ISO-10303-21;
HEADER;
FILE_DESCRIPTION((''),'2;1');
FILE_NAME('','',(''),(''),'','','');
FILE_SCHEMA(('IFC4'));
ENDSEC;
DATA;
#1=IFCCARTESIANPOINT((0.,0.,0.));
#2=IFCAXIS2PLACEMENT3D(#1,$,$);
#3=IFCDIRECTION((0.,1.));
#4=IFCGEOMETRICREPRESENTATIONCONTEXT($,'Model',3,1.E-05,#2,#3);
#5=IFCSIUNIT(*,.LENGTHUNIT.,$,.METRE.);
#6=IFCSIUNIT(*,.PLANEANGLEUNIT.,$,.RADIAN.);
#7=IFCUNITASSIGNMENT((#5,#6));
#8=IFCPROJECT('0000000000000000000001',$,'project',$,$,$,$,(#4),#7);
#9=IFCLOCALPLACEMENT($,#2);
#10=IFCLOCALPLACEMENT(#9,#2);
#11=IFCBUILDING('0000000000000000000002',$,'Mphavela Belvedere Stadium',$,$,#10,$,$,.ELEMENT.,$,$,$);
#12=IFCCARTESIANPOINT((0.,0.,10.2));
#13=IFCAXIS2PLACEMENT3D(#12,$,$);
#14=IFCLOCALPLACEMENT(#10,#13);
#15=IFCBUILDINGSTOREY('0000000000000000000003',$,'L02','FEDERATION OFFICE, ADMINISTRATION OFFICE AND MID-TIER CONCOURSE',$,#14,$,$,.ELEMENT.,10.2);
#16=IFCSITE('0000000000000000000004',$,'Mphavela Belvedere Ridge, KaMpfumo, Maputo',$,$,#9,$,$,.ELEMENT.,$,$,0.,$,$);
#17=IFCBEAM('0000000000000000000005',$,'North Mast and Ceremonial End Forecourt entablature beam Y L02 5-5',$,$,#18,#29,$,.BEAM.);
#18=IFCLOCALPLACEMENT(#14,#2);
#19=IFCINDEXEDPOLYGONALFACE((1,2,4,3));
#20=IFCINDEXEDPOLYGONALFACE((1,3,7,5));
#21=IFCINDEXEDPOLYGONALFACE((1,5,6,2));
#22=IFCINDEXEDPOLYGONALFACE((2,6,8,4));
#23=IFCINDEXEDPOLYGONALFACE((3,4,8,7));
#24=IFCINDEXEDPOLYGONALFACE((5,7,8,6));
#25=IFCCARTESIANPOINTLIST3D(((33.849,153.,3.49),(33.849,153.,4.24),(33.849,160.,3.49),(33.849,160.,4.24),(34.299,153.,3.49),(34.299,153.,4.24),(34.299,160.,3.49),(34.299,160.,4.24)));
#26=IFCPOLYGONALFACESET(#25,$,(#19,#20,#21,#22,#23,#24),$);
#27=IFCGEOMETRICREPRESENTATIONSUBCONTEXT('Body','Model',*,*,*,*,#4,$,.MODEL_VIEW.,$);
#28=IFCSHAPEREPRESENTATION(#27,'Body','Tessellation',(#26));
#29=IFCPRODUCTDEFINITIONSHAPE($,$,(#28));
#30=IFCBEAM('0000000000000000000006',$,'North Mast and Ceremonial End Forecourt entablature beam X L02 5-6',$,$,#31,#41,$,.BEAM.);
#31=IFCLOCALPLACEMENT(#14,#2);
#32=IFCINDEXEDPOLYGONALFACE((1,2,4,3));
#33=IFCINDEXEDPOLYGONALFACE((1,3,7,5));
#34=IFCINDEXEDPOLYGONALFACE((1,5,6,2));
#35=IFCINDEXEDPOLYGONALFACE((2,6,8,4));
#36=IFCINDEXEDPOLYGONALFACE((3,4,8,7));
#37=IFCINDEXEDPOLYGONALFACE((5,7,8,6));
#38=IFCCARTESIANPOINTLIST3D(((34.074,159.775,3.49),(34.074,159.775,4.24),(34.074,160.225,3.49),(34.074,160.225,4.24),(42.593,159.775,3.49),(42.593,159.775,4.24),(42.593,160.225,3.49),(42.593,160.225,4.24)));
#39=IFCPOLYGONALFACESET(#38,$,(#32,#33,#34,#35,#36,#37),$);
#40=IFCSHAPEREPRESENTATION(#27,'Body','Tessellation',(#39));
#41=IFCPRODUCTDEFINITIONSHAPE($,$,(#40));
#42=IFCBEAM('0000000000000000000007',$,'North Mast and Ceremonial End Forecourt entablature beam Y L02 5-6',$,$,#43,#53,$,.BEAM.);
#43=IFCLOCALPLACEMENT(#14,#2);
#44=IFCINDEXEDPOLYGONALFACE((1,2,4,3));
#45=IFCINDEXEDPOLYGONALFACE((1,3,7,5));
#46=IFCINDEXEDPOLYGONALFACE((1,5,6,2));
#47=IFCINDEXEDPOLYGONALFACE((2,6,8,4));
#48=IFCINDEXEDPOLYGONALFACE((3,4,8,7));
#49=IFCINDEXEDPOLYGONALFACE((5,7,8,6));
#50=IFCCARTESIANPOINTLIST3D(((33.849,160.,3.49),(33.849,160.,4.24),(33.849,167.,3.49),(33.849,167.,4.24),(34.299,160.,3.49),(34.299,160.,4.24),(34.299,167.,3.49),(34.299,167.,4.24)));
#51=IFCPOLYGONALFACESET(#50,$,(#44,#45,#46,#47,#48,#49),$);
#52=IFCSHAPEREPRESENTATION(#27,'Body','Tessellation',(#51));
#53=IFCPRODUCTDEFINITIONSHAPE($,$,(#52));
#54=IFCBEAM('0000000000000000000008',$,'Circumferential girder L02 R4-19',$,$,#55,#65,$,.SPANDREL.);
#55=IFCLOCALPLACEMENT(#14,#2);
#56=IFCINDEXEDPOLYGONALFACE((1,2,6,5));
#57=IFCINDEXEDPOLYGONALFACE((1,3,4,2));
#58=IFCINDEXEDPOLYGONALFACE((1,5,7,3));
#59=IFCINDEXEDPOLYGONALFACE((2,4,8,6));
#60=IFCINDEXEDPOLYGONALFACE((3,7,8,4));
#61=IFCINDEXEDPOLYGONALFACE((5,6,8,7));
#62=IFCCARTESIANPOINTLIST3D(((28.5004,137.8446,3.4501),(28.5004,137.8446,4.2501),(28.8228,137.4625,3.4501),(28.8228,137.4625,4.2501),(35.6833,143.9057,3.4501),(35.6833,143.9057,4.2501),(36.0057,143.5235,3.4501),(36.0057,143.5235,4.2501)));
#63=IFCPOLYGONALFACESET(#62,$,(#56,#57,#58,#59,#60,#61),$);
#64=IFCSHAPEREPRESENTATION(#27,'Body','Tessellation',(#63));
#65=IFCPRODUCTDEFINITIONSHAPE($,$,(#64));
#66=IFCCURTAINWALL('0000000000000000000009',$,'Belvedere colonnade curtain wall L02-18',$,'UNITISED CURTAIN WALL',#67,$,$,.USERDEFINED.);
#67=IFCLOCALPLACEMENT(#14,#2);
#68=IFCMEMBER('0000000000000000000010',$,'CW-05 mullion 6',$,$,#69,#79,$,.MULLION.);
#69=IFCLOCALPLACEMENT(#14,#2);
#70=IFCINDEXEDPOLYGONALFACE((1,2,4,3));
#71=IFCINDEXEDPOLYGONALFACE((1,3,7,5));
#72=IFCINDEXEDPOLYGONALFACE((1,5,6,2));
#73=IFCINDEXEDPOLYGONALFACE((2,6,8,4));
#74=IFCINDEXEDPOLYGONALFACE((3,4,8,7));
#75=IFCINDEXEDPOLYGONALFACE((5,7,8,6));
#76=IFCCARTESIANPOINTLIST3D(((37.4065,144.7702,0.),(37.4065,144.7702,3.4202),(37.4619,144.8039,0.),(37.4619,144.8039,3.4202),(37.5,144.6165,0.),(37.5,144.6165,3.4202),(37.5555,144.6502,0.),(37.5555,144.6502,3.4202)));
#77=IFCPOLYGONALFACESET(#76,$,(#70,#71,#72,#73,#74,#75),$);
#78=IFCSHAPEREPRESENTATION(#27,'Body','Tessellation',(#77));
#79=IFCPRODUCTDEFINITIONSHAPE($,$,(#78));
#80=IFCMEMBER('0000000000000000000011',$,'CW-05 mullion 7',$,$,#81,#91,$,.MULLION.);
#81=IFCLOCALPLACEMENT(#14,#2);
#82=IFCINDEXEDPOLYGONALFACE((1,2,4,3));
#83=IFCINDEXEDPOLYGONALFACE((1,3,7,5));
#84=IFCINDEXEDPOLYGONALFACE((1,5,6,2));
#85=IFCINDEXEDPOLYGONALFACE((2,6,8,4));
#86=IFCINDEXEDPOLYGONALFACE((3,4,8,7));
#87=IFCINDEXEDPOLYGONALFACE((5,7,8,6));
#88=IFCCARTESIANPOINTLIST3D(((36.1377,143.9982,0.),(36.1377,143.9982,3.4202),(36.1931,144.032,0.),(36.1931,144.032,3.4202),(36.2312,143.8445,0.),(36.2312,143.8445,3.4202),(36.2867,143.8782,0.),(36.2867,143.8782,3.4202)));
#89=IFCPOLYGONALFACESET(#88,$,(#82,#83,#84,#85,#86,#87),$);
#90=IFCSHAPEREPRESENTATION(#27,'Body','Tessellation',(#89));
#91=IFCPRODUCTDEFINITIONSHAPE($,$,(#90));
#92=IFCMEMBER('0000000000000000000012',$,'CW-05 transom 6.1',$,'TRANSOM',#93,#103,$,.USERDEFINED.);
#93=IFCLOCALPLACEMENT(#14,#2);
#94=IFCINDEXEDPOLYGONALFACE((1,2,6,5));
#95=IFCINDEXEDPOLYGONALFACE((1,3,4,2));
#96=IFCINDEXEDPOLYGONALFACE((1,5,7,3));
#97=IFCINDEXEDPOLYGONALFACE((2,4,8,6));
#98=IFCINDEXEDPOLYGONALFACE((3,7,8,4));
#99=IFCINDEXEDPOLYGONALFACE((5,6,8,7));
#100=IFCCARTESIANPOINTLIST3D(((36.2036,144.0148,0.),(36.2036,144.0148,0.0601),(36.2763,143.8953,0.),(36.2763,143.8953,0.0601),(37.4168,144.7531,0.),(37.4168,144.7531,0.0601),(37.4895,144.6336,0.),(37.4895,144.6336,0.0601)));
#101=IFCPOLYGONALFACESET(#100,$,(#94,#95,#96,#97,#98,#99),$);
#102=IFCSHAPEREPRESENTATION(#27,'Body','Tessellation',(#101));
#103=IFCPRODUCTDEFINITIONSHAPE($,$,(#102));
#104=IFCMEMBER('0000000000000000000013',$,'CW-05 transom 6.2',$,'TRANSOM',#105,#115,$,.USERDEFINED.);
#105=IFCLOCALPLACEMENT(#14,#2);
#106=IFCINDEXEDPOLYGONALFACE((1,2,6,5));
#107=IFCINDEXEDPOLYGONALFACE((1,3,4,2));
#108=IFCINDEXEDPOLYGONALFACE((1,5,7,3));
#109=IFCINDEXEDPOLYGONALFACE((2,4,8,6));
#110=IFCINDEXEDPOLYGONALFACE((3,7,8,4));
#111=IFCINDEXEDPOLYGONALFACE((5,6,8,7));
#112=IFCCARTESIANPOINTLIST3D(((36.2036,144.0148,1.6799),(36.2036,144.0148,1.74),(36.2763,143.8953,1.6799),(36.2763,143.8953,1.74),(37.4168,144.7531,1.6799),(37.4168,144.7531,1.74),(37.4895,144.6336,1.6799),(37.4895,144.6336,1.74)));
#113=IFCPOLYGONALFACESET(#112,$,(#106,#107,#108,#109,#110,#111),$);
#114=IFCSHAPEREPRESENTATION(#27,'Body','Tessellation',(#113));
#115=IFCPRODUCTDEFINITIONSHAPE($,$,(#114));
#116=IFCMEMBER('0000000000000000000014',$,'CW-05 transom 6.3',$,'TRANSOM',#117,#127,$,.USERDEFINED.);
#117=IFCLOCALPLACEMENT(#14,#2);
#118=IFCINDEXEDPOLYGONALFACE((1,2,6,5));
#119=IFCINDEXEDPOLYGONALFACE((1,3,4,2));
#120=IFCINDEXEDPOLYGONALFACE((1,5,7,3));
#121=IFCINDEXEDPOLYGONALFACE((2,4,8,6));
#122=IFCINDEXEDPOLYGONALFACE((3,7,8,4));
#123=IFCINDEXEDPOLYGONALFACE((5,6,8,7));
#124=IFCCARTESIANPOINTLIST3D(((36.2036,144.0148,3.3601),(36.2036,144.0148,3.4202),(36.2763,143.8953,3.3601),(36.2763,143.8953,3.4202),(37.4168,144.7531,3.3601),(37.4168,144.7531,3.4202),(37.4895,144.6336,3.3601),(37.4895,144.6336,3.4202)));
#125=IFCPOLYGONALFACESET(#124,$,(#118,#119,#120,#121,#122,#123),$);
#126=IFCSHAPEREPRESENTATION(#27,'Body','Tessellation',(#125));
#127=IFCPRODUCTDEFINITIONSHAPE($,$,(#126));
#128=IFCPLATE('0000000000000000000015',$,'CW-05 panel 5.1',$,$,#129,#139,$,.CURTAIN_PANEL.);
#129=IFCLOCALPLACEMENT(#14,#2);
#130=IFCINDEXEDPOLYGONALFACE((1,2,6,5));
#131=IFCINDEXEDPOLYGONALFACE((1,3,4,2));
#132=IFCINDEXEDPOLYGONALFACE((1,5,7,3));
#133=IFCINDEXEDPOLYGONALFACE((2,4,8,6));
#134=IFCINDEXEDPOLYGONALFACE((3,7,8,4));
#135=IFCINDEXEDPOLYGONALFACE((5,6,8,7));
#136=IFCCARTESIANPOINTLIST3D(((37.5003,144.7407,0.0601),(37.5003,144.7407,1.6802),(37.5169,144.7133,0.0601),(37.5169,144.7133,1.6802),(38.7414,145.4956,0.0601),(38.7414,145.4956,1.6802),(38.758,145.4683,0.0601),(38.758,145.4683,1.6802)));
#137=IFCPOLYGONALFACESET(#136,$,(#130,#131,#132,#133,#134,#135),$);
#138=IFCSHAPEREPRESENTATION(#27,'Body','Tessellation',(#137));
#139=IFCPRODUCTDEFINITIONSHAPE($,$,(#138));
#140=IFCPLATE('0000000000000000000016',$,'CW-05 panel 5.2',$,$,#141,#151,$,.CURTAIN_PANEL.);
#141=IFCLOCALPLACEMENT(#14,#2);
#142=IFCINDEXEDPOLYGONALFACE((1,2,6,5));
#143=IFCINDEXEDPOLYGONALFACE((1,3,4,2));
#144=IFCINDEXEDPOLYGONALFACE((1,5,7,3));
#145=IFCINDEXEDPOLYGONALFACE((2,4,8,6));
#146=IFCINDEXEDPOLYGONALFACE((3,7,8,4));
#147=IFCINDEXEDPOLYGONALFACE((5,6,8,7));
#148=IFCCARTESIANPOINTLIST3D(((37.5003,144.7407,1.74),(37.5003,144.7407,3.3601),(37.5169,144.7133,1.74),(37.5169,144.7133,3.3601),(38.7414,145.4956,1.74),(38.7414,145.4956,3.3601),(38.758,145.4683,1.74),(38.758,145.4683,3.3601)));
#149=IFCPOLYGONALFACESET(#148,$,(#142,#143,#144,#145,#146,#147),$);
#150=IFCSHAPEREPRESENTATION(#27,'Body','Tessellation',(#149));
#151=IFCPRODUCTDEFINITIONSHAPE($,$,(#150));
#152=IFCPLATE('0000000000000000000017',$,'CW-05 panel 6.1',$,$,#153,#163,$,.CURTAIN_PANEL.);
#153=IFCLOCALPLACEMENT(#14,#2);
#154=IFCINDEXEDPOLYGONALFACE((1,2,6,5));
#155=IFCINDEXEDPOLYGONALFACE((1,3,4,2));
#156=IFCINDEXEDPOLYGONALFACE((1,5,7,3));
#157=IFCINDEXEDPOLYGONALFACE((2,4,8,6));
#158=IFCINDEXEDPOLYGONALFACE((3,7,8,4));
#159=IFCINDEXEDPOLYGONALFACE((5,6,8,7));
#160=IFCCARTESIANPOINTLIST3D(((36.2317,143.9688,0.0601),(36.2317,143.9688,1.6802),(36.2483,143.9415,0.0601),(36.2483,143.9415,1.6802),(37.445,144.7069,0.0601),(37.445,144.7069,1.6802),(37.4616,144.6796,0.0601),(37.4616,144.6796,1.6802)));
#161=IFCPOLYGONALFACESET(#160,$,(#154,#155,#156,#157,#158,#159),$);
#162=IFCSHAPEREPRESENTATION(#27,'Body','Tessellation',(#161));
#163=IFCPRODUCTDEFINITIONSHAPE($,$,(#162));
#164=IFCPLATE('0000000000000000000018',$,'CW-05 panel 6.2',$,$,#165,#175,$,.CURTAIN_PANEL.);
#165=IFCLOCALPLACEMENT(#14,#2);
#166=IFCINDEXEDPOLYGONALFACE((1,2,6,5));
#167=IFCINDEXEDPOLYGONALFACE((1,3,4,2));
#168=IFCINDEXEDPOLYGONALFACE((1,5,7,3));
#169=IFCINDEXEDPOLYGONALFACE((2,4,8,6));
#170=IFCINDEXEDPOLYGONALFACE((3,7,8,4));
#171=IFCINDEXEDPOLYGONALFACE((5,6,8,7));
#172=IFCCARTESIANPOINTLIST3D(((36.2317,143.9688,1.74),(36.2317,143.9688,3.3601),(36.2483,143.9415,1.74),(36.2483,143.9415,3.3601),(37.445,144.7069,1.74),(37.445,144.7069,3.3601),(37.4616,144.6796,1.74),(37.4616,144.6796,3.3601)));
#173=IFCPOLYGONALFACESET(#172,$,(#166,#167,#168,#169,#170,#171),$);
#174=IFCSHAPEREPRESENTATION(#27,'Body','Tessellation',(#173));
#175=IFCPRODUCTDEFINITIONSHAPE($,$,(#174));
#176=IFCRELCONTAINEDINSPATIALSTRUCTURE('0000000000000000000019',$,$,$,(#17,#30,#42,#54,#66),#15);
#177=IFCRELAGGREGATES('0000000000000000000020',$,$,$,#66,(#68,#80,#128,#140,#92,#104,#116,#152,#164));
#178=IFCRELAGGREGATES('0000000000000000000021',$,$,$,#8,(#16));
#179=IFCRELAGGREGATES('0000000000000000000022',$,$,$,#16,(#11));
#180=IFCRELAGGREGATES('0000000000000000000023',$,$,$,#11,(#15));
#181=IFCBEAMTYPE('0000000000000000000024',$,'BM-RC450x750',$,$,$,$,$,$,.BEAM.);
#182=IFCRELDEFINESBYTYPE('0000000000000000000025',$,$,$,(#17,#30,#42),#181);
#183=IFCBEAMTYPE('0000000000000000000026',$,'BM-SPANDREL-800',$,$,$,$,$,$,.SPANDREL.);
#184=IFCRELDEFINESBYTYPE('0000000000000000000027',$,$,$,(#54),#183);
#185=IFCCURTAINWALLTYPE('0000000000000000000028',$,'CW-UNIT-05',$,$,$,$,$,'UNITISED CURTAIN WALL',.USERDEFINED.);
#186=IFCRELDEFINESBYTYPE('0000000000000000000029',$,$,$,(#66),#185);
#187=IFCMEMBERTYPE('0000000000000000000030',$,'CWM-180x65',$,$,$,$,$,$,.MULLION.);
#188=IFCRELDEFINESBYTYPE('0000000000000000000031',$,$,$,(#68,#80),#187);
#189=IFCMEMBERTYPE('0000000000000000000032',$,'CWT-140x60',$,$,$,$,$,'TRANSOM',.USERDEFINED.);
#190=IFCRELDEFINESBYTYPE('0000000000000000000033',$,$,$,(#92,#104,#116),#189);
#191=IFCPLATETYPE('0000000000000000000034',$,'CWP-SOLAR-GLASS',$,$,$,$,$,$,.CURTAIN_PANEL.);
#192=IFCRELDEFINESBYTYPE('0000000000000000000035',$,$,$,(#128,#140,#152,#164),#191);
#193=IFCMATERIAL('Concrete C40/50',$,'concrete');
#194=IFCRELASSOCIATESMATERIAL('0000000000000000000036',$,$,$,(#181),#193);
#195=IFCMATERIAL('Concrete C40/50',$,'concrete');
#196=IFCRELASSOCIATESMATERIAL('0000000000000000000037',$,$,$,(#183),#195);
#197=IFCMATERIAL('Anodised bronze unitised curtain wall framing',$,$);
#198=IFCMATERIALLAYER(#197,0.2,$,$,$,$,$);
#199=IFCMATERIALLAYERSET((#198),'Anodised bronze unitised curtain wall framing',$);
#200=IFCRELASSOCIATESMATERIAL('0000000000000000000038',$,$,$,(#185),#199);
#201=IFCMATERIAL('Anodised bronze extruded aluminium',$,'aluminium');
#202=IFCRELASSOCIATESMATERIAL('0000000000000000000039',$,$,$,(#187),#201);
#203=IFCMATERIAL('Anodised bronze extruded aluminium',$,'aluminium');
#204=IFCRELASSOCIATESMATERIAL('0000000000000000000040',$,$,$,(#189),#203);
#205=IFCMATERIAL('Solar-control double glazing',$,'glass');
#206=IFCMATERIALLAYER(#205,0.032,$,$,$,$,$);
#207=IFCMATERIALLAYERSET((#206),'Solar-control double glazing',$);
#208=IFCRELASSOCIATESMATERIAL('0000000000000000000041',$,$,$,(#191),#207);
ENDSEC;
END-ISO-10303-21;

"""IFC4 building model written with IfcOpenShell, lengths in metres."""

from ifc_helpers import new_model, si_unit, direction, frame, origin, origin_2d, place, context, subcontext, project, spatial, rectangle, extrude, material, layer, layer_set, material_profile, profile_set, type_object, element, aggregate, save


model = new_model("IFC4")

# Units and contexts
model_context = context("Model", 3, precision=1e-05, world=origin(), true_north=direction((0.0, 1.0)))
body_context = subcontext(model_context, "Body", "Model", "MODEL_VIEW")
ifc_project = project(units=[si_unit("LENGTHUNIT", "METRE"), si_unit("PLANEANGLEUNIT", "RADIAN")], contexts=[model_context])

# Site, building, storey
site_placement = place(None, origin())
site = spatial("IfcSite", under=ifc_project, at=site_placement, Name="Mphavela Belvedere Ridge, KaMpfumo, Maputo", CompositionType="ELEMENT", RefElevation=0.0)
building_placement = place(site_placement, origin())
building = spatial("IfcBuilding", under=site, at=building_placement, Name="Mphavela Belvedere Stadium", CompositionType="ELEMENT")
storey_placement = place(building_placement, frame((0.0, 0.0, 10.2)))
storey = spatial("IfcBuildingStorey", under=building, at=storey_placement, Name="L02", Description="FEDERATION OFFICE, ADMINISTRATION OFFICE AND MID-TIER CONCOURSE", CompositionType="ELEMENT", Elevation=10.2)

# Beams
ifc_material_1 = material(Name="Concrete C40/50", Category="concrete")
ifc_material_profile_1 = material_profile(ifc_material_1, rectangle(XDim=0.45, YDim=0.75, at=origin_2d()), Name="RC 450x750")
ifc_profile_set_1 = profile_set([ifc_material_profile_1], Name="Concrete C40/50")
beam_type_1 = type_object("IfcBeamType", Name="BM-RC450x750", PredefinedType="BEAM", material=ifc_profile_set_1)
for number, where, z_axis, x_axis, name in (
    (1, (34.074, 153.0, 3.865), (0.0, 1.0, 0.0), (-1.0, 0.0, 0.0), "North Mast and Ceremonial End Forecourt entablature beam Y L02 5-5"),
):
    element("IfcBeam", number, at=place(storey_placement, frame(where, z_axis=z_axis, x_axis=x_axis)), inside=storey, type_object=beam_type_1, Name=name, PredefinedType="BEAM", context=body_context, shape_type="SweptSolid", body=[
        extrude(rectangle(XDim=0.45, YDim=0.75, at=origin_2d()), origin(), (0.0, 0.0, 1.0), 7.0),
    ])
beam_1_placement = place(storey_placement, frame((34.074, 160.0, 3.865), z_axis=(1.0, 0.0, 0.0), x_axis=(0.0, 1.0, 0.0)))
element("IfcBeam", 2, at=beam_1_placement, inside=storey, type_object=beam_type_1, Name="North Mast and Ceremonial End Forecourt entablature beam X L02 5-6", PredefinedType="BEAM", context=body_context, shape_type="SweptSolid", body=[
    extrude(rectangle(XDim=0.45, YDim=0.75, at=origin_2d()), origin(), (0.0, 0.0, 1.0), 8.519),
])
beam_2_placement = place(storey_placement, frame((34.074, 160.0, 3.865), z_axis=(0.0, 1.0, 0.0), x_axis=(-1.0, 0.0, 0.0)))
element("IfcBeam", 3, at=beam_2_placement, inside=storey, type_object=beam_type_1, Name="North Mast and Ceremonial End Forecourt entablature beam Y L02 5-6", PredefinedType="BEAM", context=body_context, shape_type="SweptSolid", body=[
    extrude(rectangle(XDim=0.45, YDim=0.75, at=origin_2d()), origin(), (0.0, 0.0, 1.0), 7.0),
])
ifc_material_2 = material(Name="Concrete C40/50", Category="concrete")
ifc_material_profile_2 = material_profile(ifc_material_2, rectangle(XDim=0.5, YDim=0.8, at=origin_2d()), Name="RC 500x800")
ifc_profile_set_2 = profile_set([ifc_material_profile_2], Name="Concrete C40/50")
beam_type_2 = type_object("IfcBeamType", Name="BM-SPANDREL-800", PredefinedType="SPANDREL", material=ifc_profile_set_2)
beam_3_placement = place(storey_placement, frame((35.8445, 143.7146, 3.8501), z_axis=(-0.764265, -0.644902, 0.0), x_axis=(0.644902, -0.764265, 0.0)))
element("IfcBeam", 4, at=beam_3_placement, inside=storey, type_object=beam_type_2, Name="Circumferential girder L02 R4-19", PredefinedType="SPANDREL", context=body_context, shape_type="SweptSolid", body=[
    extrude(rectangle(XDim=0.5, YDim=0.8, at=origin_2d()), origin(), (0.0, 0.0, 1.0), 9.3984),
])

# Curtain wall, members, plates
ifc_material_3 = material(Name="Anodised bronze unitised curtain wall framing")
ifc_layer_1 = layer(ifc_material_3, 0.2)
ifc_layer_set_1 = layer_set([ifc_layer_1], Name="Anodised bronze unitised curtain wall framing")
curtain_wall_type = type_object("IfcCurtainWallType", Name="CW-UNIT-05", ElementType="UNITISED CURTAIN WALL", PredefinedType="USERDEFINED", material=ifc_layer_set_1)
curtain_wall_placement = place(storey_placement, origin())
curtain_wall = element("IfcCurtainWall", 5, at=curtain_wall_placement, inside=storey, type_object=curtain_wall_type, Name="Belvedere colonnade curtain wall L02-18", ObjectType="UNITISED CURTAIN WALL", PredefinedType="USERDEFINED")
ifc_material_4 = material(Name="Anodised bronze extruded aluminium", Category="aluminium")
ifc_material_profile_3 = material_profile(ifc_material_4, rectangle(XDim=0.1799, YDim=0.0649, at=origin_2d()), Name="CW-MUL 180x65")
ifc_profile_set_3 = profile_set([ifc_material_profile_3], Name="Anodised bronze extruded aluminium")
member_type_1 = type_object("IfcMemberType", Name="CWM-180x65", PredefinedType="MULLION", material=ifc_profile_set_3)
member_1_placement = place(storey_placement, frame((37.481, 144.7102, 0.0), z_axis=(0.0, 0.0, 1.0), x_axis=(0.519732, -0.85433, 0.0)))
member_1 = element("IfcMember", 6, at=member_1_placement, type_object=member_type_1, Name="CW-05 mullion 6", PredefinedType="MULLION", context=body_context, shape_type="SweptSolid", body=[
    extrude(rectangle(XDim=0.1799, YDim=0.0649, at=origin_2d()), origin(), (0.0, 0.0, 1.0), 3.4202),
])
member_2_placement = place(storey_placement, frame((36.2122, 143.9382, 0.0), z_axis=(0.0, 0.0, 1.0), x_axis=(0.519732, -0.85433, 0.0)))
member_2 = element("IfcMember", 7, at=member_2_placement, type_object=member_type_1, Name="CW-05 mullion 7", PredefinedType="MULLION", context=body_context, shape_type="SweptSolid", body=[
    extrude(rectangle(XDim=0.1799, YDim=0.0649, at=origin_2d()), origin(), (0.0, 0.0, 1.0), 3.4202),
])
ifc_material_5 = material(Name="Anodised bronze extruded aluminium", Category="aluminium")
ifc_material_profile_4 = material_profile(ifc_material_5, rectangle(XDim=0.1399, YDim=0.0601, at=origin_2d()), Name="CW-TRN 140x60")
ifc_profile_set_4 = profile_set([ifc_material_profile_4], Name="Anodised bronze extruded aluminium")
member_type_2 = type_object("IfcMemberType", Name="CWT-140x60", ElementType="TRANSOM", PredefinedType="USERDEFINED", material=ifc_profile_set_4)
member_3_placement = place(storey_placement, frame((37.4531, 144.6934, 0.03), z_axis=(-0.854245, -0.519871, 0.0), x_axis=(0.519871, -0.854245, 0.0)))
member_3 = element("IfcMember", 8, at=member_3_placement, type_object=member_type_2, Name="CW-05 transom 6.1", ObjectType="TRANSOM", PredefinedType="USERDEFINED", context=body_context, shape_type="SweptSolid", body=[
    extrude(rectangle(XDim=0.1399, YDim=0.0601, at=origin_2d()), origin(), (0.0, 0.0, 1.0), 1.4202),
])
member_4_placement = place(storey_placement, frame((37.4531, 144.6934, 1.71), z_axis=(-0.854245, -0.519871, 0.0), x_axis=(0.519871, -0.854245, 0.0)))
member_4 = element("IfcMember", 9, at=member_4_placement, type_object=member_type_2, Name="CW-05 transom 6.2", ObjectType="TRANSOM", PredefinedType="USERDEFINED", context=body_context, shape_type="SweptSolid", body=[
    extrude(rectangle(XDim=0.1399, YDim=0.0601, at=origin_2d()), origin(), (0.0, 0.0, 1.0), 1.4202),
])
member_5_placement = place(storey_placement, frame((37.4531, 144.6934, 3.3901), z_axis=(-0.854245, -0.519871, 0.0), x_axis=(0.519871, -0.854245, 0.0)))
member_5 = element("IfcMember", 10, at=member_5_placement, type_object=member_type_2, Name="CW-05 transom 6.3", ObjectType="TRANSOM", PredefinedType="USERDEFINED", context=body_context, shape_type="SweptSolid", body=[
    extrude(rectangle(XDim=0.1399, YDim=0.0601, at=origin_2d()), origin(), (0.0, 0.0, 1.0), 1.4202),
])
ifc_material_6 = material(Name="Solar-control double glazing", Category="glass")
ifc_layer_2 = layer(ifc_material_6, 0.032)
ifc_layer_set_2 = layer_set([ifc_layer_2], Name="Solar-control double glazing")
plate_type = type_object("IfcPlateType", Name="CWP-SOLAR-GLASS", PredefinedType="CURTAIN_PANEL", material=ifc_layer_set_2)
plate_1_placement = place(storey_placement, frame((38.1292, 145.1045, 0.0601), z_axis=(0.0, 0.0, 1.0), x_axis=(-0.85433, -0.519732, 0.0)))
plate_1 = element("IfcPlate", 11, at=plate_1_placement, type_object=plate_type, Name="CW-05 panel 5.1", PredefinedType="CURTAIN_PANEL", context=body_context, shape_type="SweptSolid", body=[
    extrude(rectangle(XDim=1.4526, YDim=0.032, at=origin_2d()), origin(), (0.0, 0.0, 1.0), 1.6201),
])
plate_2_placement = place(storey_placement, frame((38.1292, 145.1045, 1.74), z_axis=(0.0, 0.0, 1.0), x_axis=(-0.85433, -0.519732, 0.0)))
plate_2 = element("IfcPlate", 12, at=plate_2_placement, type_object=plate_type, Name="CW-05 panel 5.2", PredefinedType="CURTAIN_PANEL", context=body_context, shape_type="SweptSolid", body=[
    extrude(rectangle(XDim=1.4526, YDim=0.032, at=origin_2d()), origin(), (0.0, 0.0, 1.0), 1.6201),
])
plate_3_placement = place(storey_placement, frame((36.8467, 144.3242, 0.0601), z_axis=(0.0, 0.0, 1.0), x_axis=(-0.85433, -0.519732, 0.0)))
plate_3 = element("IfcPlate", 13, at=plate_3_placement, type_object=plate_type, Name="CW-05 panel 6.1", PredefinedType="CURTAIN_PANEL", context=body_context, shape_type="SweptSolid", body=[
    extrude(rectangle(XDim=1.4202, YDim=0.032, at=origin_2d()), origin(), (0.0, 0.0, 1.0), 1.6201),
])
plate_4_placement = place(storey_placement, frame((36.8467, 144.3242, 1.74), z_axis=(0.0, 0.0, 1.0), x_axis=(-0.85433, -0.519732, 0.0)))
plate_4 = element("IfcPlate", 14, at=plate_4_placement, type_object=plate_type, Name="CW-05 panel 6.2", PredefinedType="CURTAIN_PANEL", context=body_context, shape_type="SweptSolid", body=[
    extrude(rectangle(XDim=1.4202, YDim=0.032, at=origin_2d()), origin(), (0.0, 0.0, 1.0), 1.6201),
])
aggregate(curtain_wall, [member_1, member_2, plate_1, plate_2, member_3, member_4, member_5, plate_3, plate_4])

save(model, "model.ifc")
